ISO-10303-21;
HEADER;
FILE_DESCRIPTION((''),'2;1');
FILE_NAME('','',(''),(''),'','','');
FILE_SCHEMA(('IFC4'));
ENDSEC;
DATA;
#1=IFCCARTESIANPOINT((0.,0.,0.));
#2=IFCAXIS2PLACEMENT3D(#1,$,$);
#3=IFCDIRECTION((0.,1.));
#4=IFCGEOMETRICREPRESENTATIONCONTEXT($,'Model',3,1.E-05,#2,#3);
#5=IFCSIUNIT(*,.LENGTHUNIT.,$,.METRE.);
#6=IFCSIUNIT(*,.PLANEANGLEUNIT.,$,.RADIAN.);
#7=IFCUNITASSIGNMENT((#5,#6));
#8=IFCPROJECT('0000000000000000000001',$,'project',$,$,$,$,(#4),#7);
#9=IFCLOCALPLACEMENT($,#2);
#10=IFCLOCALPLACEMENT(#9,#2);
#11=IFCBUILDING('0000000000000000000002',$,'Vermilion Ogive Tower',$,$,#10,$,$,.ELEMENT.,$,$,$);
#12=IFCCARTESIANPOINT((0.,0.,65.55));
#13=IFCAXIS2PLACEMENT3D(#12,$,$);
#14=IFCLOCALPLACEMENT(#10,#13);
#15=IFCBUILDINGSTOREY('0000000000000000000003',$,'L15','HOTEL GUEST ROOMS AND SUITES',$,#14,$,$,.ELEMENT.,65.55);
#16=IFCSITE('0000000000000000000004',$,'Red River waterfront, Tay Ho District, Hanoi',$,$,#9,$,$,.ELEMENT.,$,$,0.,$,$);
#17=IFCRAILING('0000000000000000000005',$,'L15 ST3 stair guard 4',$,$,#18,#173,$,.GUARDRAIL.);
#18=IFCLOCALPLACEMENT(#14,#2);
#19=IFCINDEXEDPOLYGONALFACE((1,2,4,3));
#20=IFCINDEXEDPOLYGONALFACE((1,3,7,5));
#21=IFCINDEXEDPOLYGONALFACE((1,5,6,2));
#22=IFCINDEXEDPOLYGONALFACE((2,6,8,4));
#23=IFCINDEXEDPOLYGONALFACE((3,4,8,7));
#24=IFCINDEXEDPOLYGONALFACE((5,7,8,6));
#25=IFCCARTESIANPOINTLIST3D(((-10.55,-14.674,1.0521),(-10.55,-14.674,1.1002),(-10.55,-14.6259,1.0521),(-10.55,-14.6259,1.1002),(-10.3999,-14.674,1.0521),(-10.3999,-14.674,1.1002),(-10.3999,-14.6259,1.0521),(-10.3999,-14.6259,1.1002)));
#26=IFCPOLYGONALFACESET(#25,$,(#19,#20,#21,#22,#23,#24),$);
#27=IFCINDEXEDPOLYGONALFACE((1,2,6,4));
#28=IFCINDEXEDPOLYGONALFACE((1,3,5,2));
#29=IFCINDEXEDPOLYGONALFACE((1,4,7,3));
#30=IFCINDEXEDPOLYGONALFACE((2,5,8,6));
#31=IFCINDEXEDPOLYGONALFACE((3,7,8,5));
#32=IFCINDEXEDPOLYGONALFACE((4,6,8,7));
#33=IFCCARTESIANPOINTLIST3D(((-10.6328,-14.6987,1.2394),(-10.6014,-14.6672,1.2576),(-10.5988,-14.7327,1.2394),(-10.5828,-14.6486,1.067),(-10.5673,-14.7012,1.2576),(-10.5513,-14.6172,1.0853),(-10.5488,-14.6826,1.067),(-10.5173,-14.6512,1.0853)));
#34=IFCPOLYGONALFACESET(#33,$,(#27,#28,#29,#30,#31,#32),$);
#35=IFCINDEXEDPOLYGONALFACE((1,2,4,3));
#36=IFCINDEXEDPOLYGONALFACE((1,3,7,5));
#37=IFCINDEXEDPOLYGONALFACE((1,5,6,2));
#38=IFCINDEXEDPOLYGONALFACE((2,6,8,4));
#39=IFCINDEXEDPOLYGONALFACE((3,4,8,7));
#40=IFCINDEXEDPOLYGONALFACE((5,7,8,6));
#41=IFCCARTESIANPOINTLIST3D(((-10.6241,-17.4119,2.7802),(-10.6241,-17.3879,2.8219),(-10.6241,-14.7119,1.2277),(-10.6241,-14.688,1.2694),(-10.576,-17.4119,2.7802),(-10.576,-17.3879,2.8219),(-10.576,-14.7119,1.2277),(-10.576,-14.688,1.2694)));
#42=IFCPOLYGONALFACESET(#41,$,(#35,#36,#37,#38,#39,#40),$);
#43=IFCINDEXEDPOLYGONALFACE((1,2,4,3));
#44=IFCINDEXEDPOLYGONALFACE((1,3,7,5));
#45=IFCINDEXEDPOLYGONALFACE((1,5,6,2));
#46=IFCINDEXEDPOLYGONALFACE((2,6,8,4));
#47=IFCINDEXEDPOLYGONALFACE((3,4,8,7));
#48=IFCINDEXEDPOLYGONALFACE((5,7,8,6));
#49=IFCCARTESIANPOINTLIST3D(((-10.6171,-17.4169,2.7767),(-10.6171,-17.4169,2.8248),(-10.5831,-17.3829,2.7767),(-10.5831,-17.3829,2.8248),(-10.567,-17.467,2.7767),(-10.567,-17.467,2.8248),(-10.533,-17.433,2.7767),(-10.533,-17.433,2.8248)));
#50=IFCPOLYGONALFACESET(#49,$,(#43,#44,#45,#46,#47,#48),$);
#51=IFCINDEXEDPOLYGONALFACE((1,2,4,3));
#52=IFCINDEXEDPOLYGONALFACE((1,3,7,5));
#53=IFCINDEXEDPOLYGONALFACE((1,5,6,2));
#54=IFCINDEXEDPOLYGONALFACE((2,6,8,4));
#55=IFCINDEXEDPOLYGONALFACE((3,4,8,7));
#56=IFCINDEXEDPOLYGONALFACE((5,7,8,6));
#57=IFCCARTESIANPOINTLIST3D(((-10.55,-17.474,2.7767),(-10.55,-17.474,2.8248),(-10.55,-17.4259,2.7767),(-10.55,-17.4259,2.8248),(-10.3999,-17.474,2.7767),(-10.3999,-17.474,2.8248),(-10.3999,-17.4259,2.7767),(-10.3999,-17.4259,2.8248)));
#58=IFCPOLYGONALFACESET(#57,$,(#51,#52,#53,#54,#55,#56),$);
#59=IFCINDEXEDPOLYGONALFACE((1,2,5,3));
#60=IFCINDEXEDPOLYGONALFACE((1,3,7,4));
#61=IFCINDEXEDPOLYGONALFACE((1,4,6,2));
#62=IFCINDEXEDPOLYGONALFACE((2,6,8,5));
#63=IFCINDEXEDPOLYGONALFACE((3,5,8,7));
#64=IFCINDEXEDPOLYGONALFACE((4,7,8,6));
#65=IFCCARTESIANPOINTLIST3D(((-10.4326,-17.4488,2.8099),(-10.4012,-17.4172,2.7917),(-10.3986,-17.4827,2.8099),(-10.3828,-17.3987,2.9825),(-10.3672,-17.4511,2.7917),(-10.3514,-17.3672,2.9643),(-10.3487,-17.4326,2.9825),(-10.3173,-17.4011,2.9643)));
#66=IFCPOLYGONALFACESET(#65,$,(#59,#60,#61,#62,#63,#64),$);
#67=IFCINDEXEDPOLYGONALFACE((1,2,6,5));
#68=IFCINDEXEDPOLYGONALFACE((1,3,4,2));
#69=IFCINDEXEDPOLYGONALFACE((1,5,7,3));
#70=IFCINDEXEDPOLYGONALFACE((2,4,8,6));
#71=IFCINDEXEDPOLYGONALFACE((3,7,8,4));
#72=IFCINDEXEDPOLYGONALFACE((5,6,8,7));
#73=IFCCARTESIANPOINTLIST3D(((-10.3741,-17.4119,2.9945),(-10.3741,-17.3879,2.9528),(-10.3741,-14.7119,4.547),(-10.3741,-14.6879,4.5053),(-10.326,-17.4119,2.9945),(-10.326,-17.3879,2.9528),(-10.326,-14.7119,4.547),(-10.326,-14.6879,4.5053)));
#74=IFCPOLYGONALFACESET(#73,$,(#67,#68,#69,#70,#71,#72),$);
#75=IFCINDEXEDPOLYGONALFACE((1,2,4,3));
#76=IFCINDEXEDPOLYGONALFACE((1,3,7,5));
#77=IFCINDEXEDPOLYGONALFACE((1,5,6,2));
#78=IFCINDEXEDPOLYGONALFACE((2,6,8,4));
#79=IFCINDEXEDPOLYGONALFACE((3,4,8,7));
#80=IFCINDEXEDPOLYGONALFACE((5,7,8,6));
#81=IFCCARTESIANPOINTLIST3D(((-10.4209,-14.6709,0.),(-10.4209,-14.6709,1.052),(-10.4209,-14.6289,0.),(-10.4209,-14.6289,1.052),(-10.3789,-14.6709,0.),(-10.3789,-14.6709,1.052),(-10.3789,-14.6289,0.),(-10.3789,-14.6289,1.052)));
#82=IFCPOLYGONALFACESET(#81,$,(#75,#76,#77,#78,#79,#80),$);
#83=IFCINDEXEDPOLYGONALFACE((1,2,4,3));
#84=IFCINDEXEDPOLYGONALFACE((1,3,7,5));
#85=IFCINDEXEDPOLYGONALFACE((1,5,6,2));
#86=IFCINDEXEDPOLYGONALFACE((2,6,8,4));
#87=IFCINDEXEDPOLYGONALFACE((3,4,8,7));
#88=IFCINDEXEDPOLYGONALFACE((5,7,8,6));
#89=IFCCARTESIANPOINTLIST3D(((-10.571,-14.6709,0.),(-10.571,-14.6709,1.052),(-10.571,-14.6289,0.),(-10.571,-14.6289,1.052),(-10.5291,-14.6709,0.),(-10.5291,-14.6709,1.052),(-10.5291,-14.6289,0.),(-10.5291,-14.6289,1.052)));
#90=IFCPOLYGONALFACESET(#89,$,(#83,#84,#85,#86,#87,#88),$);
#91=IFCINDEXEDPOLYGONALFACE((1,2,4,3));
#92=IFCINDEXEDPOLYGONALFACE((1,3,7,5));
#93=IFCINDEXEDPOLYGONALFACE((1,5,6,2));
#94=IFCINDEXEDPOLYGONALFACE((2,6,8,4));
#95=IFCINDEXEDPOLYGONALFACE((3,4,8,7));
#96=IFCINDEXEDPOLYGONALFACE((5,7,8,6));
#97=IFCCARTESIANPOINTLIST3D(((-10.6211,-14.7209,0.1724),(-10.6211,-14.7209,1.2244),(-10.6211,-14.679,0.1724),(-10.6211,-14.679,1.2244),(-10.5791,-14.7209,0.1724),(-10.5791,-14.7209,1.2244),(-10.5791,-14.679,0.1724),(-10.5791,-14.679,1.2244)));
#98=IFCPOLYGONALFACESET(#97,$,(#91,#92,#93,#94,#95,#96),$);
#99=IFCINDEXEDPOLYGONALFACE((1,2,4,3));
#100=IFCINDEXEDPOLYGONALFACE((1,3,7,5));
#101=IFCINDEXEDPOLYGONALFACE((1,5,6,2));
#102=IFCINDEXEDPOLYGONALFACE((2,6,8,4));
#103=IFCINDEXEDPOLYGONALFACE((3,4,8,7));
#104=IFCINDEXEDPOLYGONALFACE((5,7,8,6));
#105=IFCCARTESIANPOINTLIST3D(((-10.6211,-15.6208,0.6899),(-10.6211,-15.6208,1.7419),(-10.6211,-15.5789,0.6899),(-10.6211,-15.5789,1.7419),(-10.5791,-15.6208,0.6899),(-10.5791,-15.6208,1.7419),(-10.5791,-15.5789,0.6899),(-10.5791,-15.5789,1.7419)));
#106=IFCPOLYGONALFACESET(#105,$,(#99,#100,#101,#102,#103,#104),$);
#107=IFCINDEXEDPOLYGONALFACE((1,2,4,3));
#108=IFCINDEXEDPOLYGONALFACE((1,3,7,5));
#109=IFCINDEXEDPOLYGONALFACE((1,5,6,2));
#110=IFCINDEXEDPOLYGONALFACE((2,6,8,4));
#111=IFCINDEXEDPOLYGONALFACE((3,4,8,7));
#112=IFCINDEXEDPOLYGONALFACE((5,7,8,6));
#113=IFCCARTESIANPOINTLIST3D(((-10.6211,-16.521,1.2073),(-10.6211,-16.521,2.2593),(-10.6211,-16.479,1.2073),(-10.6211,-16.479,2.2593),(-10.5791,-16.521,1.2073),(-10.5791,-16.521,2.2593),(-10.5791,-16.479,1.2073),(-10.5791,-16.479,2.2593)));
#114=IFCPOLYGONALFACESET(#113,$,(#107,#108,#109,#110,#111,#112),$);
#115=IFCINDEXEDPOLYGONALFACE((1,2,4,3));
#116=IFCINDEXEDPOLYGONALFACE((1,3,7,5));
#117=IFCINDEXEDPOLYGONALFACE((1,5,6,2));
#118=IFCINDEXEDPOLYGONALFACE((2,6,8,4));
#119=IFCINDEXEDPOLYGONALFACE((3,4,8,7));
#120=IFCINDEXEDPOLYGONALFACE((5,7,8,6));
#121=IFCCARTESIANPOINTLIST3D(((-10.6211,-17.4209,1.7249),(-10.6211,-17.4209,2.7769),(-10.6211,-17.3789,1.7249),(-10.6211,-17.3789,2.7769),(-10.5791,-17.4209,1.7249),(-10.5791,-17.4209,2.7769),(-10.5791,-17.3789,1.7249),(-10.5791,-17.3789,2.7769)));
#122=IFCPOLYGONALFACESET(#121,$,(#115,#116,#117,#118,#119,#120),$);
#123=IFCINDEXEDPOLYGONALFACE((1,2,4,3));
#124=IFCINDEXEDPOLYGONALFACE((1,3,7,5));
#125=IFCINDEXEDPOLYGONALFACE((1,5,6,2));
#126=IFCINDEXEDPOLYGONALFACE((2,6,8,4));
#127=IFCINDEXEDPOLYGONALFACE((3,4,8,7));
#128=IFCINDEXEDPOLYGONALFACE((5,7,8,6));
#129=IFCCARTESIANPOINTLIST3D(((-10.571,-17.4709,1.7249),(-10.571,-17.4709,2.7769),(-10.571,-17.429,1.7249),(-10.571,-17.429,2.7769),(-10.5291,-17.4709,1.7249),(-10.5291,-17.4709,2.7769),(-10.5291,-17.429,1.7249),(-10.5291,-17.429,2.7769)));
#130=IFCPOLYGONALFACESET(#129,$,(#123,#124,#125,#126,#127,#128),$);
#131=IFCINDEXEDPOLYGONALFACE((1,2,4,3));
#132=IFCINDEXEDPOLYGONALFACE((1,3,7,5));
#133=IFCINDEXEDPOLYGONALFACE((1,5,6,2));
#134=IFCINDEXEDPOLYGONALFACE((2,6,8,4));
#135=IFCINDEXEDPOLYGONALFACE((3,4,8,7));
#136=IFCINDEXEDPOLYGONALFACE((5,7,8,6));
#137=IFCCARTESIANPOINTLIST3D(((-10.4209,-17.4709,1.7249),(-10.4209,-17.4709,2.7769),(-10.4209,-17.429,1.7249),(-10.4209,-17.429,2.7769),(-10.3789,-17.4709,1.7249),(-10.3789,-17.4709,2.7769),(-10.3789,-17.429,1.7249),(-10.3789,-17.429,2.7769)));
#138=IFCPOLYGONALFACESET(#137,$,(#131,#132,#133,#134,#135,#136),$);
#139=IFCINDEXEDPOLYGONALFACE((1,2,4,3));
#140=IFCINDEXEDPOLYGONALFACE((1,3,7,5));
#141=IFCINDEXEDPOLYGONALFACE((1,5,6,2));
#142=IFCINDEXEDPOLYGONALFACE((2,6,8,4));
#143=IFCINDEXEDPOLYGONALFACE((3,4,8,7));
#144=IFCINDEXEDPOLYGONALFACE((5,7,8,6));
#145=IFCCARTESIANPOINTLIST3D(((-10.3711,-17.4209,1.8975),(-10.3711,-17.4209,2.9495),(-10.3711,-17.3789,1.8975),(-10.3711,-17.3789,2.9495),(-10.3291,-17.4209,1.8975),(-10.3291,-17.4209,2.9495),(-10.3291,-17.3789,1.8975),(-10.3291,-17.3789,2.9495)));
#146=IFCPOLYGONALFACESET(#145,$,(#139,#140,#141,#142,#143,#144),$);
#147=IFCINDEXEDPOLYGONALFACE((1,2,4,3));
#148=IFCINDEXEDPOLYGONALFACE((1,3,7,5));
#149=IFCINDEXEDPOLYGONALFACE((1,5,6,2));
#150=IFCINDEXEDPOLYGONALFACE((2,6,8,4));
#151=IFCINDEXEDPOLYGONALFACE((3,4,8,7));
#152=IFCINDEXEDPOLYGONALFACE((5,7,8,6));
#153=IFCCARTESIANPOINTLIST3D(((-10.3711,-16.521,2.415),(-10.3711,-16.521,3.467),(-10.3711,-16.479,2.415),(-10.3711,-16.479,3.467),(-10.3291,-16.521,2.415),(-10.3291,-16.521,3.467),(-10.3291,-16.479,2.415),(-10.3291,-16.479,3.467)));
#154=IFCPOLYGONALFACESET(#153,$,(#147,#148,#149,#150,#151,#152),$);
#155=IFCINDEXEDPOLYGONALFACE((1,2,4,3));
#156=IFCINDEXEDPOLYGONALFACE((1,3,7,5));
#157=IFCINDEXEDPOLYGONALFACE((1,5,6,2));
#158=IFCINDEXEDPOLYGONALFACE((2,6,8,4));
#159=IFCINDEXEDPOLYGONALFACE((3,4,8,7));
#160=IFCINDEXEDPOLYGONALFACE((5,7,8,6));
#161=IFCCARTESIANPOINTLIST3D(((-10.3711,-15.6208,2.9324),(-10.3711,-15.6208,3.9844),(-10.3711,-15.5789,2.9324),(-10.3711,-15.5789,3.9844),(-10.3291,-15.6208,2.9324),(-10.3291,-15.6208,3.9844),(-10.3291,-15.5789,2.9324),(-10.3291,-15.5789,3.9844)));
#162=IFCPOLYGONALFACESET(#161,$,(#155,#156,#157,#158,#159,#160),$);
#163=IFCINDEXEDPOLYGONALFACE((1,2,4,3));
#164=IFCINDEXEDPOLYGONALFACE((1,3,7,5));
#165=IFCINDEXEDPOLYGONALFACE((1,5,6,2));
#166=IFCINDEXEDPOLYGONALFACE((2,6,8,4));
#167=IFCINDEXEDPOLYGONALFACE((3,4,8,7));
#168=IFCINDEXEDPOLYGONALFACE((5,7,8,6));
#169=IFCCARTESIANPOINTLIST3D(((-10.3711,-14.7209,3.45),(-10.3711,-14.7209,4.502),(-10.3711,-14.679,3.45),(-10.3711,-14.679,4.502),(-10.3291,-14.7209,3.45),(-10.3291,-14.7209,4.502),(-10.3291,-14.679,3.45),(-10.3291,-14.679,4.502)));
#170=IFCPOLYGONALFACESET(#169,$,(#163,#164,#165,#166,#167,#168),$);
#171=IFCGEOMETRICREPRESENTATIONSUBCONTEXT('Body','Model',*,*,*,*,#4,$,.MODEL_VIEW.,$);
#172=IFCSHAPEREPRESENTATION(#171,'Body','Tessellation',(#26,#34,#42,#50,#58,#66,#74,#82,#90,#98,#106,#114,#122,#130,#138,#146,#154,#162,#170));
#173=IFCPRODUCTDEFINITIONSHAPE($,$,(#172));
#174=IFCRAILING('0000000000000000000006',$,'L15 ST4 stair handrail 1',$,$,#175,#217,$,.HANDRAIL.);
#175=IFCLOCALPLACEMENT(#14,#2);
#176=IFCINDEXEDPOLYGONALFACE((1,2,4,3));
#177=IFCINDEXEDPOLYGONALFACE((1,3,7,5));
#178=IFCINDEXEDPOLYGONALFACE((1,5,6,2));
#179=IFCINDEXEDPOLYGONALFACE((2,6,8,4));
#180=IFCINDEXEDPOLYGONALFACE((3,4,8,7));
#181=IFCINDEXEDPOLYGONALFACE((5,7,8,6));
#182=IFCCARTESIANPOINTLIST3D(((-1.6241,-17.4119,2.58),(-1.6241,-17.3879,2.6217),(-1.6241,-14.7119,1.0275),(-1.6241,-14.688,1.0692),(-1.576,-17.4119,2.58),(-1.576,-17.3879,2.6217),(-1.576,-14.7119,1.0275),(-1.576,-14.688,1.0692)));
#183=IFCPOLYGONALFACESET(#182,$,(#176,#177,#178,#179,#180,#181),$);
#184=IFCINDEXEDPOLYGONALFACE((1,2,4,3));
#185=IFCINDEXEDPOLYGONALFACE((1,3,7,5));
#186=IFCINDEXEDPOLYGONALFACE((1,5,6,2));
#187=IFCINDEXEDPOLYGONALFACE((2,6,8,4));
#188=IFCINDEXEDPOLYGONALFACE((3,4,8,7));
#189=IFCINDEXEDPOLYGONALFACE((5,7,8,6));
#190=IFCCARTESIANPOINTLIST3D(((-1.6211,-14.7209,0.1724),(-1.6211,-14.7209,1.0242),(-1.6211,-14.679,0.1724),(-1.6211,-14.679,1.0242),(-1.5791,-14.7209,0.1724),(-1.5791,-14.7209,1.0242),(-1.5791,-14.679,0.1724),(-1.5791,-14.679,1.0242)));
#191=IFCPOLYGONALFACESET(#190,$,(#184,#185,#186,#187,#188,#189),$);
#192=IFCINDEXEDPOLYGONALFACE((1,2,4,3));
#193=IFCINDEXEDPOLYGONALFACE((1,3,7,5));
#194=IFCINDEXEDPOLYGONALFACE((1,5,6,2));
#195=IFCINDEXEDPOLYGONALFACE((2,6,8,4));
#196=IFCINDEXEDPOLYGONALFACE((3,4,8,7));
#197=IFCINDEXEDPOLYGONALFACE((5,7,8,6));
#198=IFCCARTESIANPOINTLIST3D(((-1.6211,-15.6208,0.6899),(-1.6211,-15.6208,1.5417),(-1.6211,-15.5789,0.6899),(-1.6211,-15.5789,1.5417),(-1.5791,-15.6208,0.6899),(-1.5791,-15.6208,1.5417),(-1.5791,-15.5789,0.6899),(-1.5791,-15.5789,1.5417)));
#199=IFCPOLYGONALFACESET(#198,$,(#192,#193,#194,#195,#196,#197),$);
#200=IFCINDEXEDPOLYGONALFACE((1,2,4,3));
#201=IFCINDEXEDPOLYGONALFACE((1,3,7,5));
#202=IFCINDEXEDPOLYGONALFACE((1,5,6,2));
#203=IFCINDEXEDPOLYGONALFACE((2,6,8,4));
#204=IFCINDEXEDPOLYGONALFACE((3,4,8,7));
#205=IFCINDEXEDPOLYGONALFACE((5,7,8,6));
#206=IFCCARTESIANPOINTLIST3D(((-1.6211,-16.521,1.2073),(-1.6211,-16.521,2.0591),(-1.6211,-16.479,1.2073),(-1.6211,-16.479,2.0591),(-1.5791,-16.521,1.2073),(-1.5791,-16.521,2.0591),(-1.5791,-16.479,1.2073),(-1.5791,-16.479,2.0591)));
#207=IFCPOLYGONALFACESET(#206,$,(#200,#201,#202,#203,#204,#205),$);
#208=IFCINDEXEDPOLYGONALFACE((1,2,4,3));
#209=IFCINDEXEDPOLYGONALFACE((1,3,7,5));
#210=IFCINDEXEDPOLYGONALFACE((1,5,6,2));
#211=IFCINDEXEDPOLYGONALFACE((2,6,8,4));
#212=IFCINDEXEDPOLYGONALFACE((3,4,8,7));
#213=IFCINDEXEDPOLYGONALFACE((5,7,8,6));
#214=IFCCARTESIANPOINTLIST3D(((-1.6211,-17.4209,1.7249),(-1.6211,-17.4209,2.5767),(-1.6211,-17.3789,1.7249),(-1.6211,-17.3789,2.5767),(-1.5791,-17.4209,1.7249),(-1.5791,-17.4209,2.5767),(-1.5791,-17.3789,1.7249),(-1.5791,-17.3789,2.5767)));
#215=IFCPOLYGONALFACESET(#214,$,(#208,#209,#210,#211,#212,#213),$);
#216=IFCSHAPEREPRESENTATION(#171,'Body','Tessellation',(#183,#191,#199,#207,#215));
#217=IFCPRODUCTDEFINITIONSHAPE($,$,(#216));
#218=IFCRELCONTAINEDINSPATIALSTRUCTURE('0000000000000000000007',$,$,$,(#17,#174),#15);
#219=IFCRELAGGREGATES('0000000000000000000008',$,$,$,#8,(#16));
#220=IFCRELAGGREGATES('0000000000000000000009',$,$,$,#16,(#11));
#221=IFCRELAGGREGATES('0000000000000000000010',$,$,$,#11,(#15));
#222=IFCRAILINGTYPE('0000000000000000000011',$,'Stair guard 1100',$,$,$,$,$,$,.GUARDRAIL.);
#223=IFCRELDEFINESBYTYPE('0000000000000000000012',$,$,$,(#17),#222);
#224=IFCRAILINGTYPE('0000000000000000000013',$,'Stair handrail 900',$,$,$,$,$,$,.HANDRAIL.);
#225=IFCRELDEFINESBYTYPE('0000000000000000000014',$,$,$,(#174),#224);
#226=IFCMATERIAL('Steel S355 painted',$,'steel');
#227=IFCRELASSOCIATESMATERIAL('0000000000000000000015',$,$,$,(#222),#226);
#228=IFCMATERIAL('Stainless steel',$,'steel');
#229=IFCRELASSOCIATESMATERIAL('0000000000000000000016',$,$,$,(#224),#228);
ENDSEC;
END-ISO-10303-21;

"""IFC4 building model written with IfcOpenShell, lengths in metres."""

from ifc_helpers import new_model, si_unit, direction, frame, origin, origin_2d, place, context, subcontext, project, spatial, rectangle, extrude, material, type_object, element, save


model = new_model("IFC4")

# Units and contexts
model_context = context("Model", 3, precision=1e-05, world=origin(), true_north=direction((0.0, 1.0)))
body_context = subcontext(model_context, "Body", "Model", "MODEL_VIEW")
ifc_project = project(units=[si_unit("LENGTHUNIT", "METRE"), si_unit("PLANEANGLEUNIT", "RADIAN")], contexts=[model_context])

# Site, building, storey
site_placement = place(None, origin())
site = spatial("IfcSite", under=ifc_project, at=site_placement, Name="Red River waterfront, Tay Ho District, Hanoi", CompositionType="ELEMENT", RefElevation=0.0)
building_placement = place(site_placement, origin())
building = spatial("IfcBuilding", under=site, at=building_placement, Name="Vermilion Ogive Tower", CompositionType="ELEMENT")
storey_placement = place(building_placement, frame((0.0, 0.0, 65.55)))
storey = spatial("IfcBuildingStorey", under=building, at=storey_placement, Name="L15", Description="HOTEL GUEST ROOMS AND SUITES", CompositionType="ELEMENT", Elevation=65.55)

# Railings
ifc_material_1 = material(Name="Steel S355 painted", Category="steel")
railing_type_1 = type_object("IfcRailingType", Name="Stair guard 1100", PredefinedType="GUARDRAIL", material=ifc_material_1)
railing_1_placement = place(storey_placement, frame((-10.3999, -14.6499, 0.0)))
element("IfcRailing", 1, at=railing_1_placement, inside=storey, type_object=railing_type_1, Name="L15 ST3 stair guard 4", PredefinedType="GUARDRAIL", context=body_context, shape_type="SweptSolid", body=[
    extrude(rectangle(XDim=0.0481, YDim=0.0481, at=origin_2d()), frame((0.0, 0.0, 1.0762), z_axis=(-1.0, 0.0, 0.0), x_axis=(0.0, -1.0, 0.0)), (0.0, 0.0, 1.0), 0.1501),
    extrude(rectangle(XDim=0.0481, YDim=0.0481, at=origin_2d()), frame((-0.1501, 0.0, 1.0762), z_axis=(-0.268603, -0.268603, 0.925043), x_axis=(0.707107, -0.707107, 0.0)), (0.0, 0.0, 1.0), 0.1863),
    extrude(rectangle(XDim=0.0481, YDim=0.0481, at=origin_2d()), frame((-0.2002, -0.05, 1.2485), z_axis=(0.0, -0.866904, 0.498476), x_axis=(1.0, 0.0, 0.0)), (0.0, 0.0, 1.0), 3.1145),
    extrude(rectangle(XDim=0.0481, YDim=0.0481, at=origin_2d()), frame((-0.2002, -2.75, 2.8008), z_axis=(0.707107, -0.707107, 0.0), x_axis=(0.707107, 0.707107, 0.0)), (0.0, 0.0, 1.0), 0.0708),
    extrude(rectangle(XDim=0.0481, YDim=0.0481, at=origin_2d()), frame((-0.1501, -2.8, 2.8008), z_axis=(1.0, 0.0, 0.0), x_axis=(0.0, 1.0, 0.0)), (0.0, 0.0, 1.0), 0.1501),
    extrude(rectangle(XDim=0.0481, YDim=0.0481, at=origin_2d()), frame((0.0, -2.8, 2.8008), z_axis=(0.267063, 0.268372, 0.925556), x_axis=(-0.708834, 0.705376, 0.0)), (0.0, 0.0, 1.0), 0.1865),
    extrude(rectangle(XDim=0.0481, YDim=0.0481, at=origin_2d()), frame((0.0498, -2.75, 2.9736), z_axis=(0.0, 0.866904, 0.498476), x_axis=(-1.0, 0.0, 0.0)), (0.0, 0.0, 1.0), 3.1145),
    extrude(rectangle(XDim=0.042, YDim=0.042, at=origin_2d()), origin(), (0.0, 0.0, 1.0), 1.052),
    extrude(rectangle(XDim=0.042, YDim=0.042, at=origin_2d()), frame((-0.1501, 0.0, 0.0)), (0.0, 0.0, 1.0), 1.052),
    extrude(rectangle(XDim=0.042, YDim=0.042, at=origin_2d()), frame((-0.2002, -0.05, 0.1724)), (0.0, 0.0, 1.0), 1.052),
    extrude(rectangle(XDim=0.042, YDim=0.042, at=origin_2d()), frame((-0.2002, -0.95, 0.6899)), (0.0, 0.0, 1.0), 1.052),
    extrude(rectangle(XDim=0.042, YDim=0.042, at=origin_2d()), frame((-0.2002, -1.8501, 1.2073)), (0.0, 0.0, 1.0), 1.052),
    extrude(rectangle(XDim=0.042, YDim=0.042, at=origin_2d()), frame((-0.2002, -2.75, 1.7249)), (0.0, 0.0, 1.0), 1.052),
    extrude(rectangle(XDim=0.042, YDim=0.042, at=origin_2d()), frame((-0.1501, -2.8, 1.7249)), (0.0, 0.0, 1.0), 1.052),
    extrude(rectangle(XDim=0.042, YDim=0.042, at=origin_2d()), frame((0.0, -2.8, 1.7249)), (0.0, 0.0, 1.0), 1.052),
    extrude(rectangle(XDim=0.042, YDim=0.042, at=origin_2d()), frame((0.0498, -2.75, 1.8975)), (0.0, 0.0, 1.0), 1.052),
    extrude(rectangle(XDim=0.042, YDim=0.042, at=origin_2d()), frame((0.0498, -1.8501, 2.415)), (0.0, 0.0, 1.0), 1.052),
    extrude(rectangle(XDim=0.042, YDim=0.042, at=origin_2d()), frame((0.0498, -0.95, 2.9324)), (0.0, 0.0, 1.0), 1.052),
    extrude(rectangle(XDim=0.042, YDim=0.042, at=origin_2d()), frame((0.0498, -0.05, 3.45)), (0.0, 0.0, 1.0), 1.052),
])
ifc_material_2 = material(Name="Stainless steel", Category="steel")
railing_type_2 = type_object("IfcRailingType", Name="Stair handrail 900", PredefinedType="HANDRAIL", material=ifc_material_2)
railing_2_placement = place(storey_placement, frame((-1.6001, -14.7, 0.1724)))
element("IfcRailing", 2, at=railing_2_placement, inside=storey, type_object=railing_type_2, Name="L15 ST4 stair handrail 1", PredefinedType="HANDRAIL", context=body_context, shape_type="SweptSolid", body=[
    extrude(rectangle(XDim=0.0481, YDim=0.0481, at=origin_2d()), frame((0.0, 0.0, 0.876), z_axis=(0.0, -0.866904, 0.498476), x_axis=(1.0, 0.0, 0.0)), (0.0, 0.0, 1.0), 3.1145),
    extrude(rectangle(XDim=0.042, YDim=0.042, at=origin_2d()), origin(), (0.0, 0.0, 1.0), 0.8518),
    extrude(rectangle(XDim=0.042, YDim=0.042, at=origin_2d()), frame((0.0, -0.8999, 0.5176)), (0.0, 0.0, 1.0), 0.8518),
    extrude(rectangle(XDim=0.042, YDim=0.042, at=origin_2d()), frame((0.0, -1.8, 1.0349)), (0.0, 0.0, 1.0), 0.8518),
    extrude(rectangle(XDim=0.042, YDim=0.042, at=origin_2d()), frame((0.0, -2.7, 1.5525)), (0.0, 0.0, 1.0), 0.8518),
])

save(model, "model.ifc")
